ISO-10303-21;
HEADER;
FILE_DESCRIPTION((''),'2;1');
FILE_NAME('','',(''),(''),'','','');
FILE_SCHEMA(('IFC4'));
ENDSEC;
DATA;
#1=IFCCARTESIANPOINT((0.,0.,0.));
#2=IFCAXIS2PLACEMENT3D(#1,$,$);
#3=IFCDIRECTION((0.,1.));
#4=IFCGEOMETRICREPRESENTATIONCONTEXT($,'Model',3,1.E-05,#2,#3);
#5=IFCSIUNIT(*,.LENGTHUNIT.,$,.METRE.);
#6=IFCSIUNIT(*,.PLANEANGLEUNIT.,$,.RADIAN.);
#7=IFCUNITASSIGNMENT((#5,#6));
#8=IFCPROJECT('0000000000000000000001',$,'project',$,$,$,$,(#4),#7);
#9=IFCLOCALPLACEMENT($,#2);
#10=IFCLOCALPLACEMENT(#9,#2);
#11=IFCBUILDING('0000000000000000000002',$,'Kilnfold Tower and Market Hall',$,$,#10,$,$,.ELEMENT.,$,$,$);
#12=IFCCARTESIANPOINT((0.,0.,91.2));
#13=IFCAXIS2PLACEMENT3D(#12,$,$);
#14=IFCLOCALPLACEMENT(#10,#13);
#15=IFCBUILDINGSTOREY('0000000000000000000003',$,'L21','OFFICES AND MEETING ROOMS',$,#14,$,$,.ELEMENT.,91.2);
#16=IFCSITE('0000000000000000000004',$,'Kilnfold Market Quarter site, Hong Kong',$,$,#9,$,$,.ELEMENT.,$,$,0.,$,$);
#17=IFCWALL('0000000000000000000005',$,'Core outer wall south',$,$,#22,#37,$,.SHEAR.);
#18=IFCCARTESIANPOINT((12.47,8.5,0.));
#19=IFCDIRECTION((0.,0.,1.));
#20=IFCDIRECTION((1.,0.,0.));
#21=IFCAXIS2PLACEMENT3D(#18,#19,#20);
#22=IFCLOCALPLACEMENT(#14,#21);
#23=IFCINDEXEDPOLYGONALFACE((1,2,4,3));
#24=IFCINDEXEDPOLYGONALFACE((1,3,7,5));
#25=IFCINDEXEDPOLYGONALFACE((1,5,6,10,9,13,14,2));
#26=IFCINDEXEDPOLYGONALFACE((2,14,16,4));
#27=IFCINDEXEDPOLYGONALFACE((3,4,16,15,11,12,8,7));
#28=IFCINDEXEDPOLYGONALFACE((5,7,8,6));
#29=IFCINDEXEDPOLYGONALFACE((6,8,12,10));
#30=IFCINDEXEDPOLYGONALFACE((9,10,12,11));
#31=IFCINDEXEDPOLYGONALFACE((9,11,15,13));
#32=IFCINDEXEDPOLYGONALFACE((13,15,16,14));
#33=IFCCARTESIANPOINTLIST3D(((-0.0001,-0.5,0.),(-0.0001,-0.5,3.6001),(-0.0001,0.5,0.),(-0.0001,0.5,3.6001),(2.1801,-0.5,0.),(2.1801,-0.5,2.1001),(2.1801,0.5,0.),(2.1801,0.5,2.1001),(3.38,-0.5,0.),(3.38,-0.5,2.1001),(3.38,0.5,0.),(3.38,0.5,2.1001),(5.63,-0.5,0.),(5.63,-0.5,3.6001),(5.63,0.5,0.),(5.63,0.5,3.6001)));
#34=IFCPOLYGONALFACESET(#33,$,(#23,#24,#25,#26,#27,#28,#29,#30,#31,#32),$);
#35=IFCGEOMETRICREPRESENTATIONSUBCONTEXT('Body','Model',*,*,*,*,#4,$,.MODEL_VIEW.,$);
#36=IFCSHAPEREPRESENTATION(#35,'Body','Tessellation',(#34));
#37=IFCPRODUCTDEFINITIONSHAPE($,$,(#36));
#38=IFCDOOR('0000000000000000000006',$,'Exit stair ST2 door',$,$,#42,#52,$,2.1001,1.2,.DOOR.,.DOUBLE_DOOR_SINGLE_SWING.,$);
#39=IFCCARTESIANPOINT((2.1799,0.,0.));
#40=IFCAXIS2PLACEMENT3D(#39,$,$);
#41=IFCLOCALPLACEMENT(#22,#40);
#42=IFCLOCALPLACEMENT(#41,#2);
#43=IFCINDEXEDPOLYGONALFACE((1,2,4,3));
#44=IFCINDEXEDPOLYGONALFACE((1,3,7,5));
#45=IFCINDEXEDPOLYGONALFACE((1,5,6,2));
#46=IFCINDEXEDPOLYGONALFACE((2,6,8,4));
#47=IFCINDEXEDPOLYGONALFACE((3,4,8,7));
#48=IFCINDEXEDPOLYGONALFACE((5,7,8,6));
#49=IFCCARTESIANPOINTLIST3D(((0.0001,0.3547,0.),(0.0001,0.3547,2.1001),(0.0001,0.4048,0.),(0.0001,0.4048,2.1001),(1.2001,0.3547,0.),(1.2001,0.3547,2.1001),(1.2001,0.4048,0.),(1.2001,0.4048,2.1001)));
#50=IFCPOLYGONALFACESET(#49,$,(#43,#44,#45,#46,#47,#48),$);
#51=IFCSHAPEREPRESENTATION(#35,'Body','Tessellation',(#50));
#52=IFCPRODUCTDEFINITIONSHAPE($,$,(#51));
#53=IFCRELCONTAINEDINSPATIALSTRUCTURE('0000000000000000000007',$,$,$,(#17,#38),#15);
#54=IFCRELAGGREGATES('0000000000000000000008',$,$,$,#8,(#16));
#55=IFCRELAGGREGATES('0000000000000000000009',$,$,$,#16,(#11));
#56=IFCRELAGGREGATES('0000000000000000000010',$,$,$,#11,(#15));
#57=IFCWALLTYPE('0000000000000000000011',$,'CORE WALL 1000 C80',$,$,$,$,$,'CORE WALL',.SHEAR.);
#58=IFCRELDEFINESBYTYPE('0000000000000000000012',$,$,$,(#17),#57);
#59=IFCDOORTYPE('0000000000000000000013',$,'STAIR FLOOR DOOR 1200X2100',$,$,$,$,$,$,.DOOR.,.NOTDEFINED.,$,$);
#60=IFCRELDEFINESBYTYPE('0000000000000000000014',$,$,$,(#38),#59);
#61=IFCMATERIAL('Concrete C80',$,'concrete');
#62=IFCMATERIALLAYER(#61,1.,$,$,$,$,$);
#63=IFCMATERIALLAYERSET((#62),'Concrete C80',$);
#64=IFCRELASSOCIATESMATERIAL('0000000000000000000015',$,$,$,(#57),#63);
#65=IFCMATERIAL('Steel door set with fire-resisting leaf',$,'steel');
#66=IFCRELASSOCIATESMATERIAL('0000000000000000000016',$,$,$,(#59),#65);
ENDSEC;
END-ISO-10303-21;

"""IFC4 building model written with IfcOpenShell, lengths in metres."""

from ifc_helpers import new_model, si_unit, direction, frame, frame_2d, origin, place, context, subcontext, project, spatial, rectangle, extrude, source, transform, mapped, material, layer, layer_set, type_object, element, fill, save


model = new_model("IFC4")

# Units and contexts
model_context = context("Model", 3, precision=1e-05, world=origin(), true_north=direction((0.0, 1.0)))
body_context = subcontext(model_context, "Body", "Model", "MODEL_VIEW")
ifc_project = project(units=[si_unit("LENGTHUNIT", "METRE"), si_unit("PLANEANGLEUNIT", "RADIAN")], contexts=[model_context])

# Site, building, storey
site_placement = place(None, origin())
site = spatial("IfcSite", under=ifc_project, at=site_placement, Name="Kilnfold Market Quarter site, Hong Kong", CompositionType="ELEMENT", RefElevation=0.0)
building_placement = place(site_placement, origin())
building = spatial("IfcBuilding", under=site, at=building_placement, Name="Kilnfold Tower and Market Hall", CompositionType="ELEMENT")
storey_placement = place(building_placement, frame((0.0, 0.0, 91.2)))
storey = spatial("IfcBuildingStorey", under=building, at=storey_placement, Name="L21", Description="OFFICES AND MEETING ROOMS", CompositionType="ELEMENT", Elevation=91.2)

# Shared definitions
ifc_material_1 = material(Name="Concrete C80", Category="concrete")
ifc_layer_1 = layer(ifc_material_1, 1.0)
ifc_layer_set_1 = layer_set([ifc_layer_1], Name="Concrete C80")
wall_type_1 = type_object("IfcWallType", Name="CORE WALL 1000 C80", ElementType="CORE WALL", PredefinedType="SHEAR", material=ifc_layer_set_1)

# Wall, opening, door
shared_shape_1 = source(origin(), body_context, "Body", "SweptSolid", [
    extrude(rectangle(XDim=5.6301, YDim=1.0, at=frame_2d((2.8149, 0.0))), origin(), (0.0, 0.0, 1.0), 3.6001),
])
wall_1_placement = place(storey_placement, frame((12.47, 8.5, 0.0), z_axis=(0.0, 0.0, 1.0), x_axis=(1.0, 0.0, 0.0)))
wall_1 = element("IfcWall", 1, at=wall_1_placement, inside=storey, type_object=wall_type_1, Name="Core outer wall south", PredefinedType="SHEAR", context=body_context, shape_type="MappedRepresentation", body=[
    mapped(shared_shape_1, transform((0.0, 0.0, 0.0))),
])
opening_1_placement = place(wall_1_placement, frame((2.1799, 0.0, 0.0)))
opening_1 = element("IfcOpeningElement", 2, at=opening_1_placement, cuts=wall_1, PredefinedType="OPENING", context=body_context, shape_type="SweptSolid", body=[
    extrude(rectangle(XDim=1.2, YDim=2.1001, at=frame_2d((0.6001, 1.05))), frame((0.0, 0.51, 0.0), z_axis=(0.0, -1.0, 0.0), x_axis=(1.0, 0.0, 0.0)), (0.0, 0.0, 1.0), 1.02),
])
ifc_material_2 = material(Name="Steel door set with fire-resisting leaf", Category="steel")
door_type_1 = type_object("IfcDoorType", Name="STAIR FLOOR DOOR 1200X2100", OperationType="NOTDEFINED", PredefinedType="DOOR", material=ifc_material_2)
door_1_placement = place(opening_1_placement, origin())
door_1 = element("IfcDoor", 3, at=door_1_placement, inside=storey, type_object=door_type_1, Name="Exit stair ST2 door", OperationType="DOUBLE_DOOR_SINGLE_SWING", OverallHeight=2.1001, OverallWidth=1.2, PredefinedType="DOOR", context=body_context, shape_type="SweptSolid", body=[
    extrude(rectangle(XDim=1.2, YDim=2.1001, at=frame_2d((0.6001, 1.05))), frame((0.0, 0.4048, 0.0), z_axis=(0.0, -1.0, 0.0), x_axis=(1.0, 0.0, 0.0)), (0.0, 0.0, 1.0), 0.05),
])
fill(opening_1, door_1)

save(model, "model.ifc")
